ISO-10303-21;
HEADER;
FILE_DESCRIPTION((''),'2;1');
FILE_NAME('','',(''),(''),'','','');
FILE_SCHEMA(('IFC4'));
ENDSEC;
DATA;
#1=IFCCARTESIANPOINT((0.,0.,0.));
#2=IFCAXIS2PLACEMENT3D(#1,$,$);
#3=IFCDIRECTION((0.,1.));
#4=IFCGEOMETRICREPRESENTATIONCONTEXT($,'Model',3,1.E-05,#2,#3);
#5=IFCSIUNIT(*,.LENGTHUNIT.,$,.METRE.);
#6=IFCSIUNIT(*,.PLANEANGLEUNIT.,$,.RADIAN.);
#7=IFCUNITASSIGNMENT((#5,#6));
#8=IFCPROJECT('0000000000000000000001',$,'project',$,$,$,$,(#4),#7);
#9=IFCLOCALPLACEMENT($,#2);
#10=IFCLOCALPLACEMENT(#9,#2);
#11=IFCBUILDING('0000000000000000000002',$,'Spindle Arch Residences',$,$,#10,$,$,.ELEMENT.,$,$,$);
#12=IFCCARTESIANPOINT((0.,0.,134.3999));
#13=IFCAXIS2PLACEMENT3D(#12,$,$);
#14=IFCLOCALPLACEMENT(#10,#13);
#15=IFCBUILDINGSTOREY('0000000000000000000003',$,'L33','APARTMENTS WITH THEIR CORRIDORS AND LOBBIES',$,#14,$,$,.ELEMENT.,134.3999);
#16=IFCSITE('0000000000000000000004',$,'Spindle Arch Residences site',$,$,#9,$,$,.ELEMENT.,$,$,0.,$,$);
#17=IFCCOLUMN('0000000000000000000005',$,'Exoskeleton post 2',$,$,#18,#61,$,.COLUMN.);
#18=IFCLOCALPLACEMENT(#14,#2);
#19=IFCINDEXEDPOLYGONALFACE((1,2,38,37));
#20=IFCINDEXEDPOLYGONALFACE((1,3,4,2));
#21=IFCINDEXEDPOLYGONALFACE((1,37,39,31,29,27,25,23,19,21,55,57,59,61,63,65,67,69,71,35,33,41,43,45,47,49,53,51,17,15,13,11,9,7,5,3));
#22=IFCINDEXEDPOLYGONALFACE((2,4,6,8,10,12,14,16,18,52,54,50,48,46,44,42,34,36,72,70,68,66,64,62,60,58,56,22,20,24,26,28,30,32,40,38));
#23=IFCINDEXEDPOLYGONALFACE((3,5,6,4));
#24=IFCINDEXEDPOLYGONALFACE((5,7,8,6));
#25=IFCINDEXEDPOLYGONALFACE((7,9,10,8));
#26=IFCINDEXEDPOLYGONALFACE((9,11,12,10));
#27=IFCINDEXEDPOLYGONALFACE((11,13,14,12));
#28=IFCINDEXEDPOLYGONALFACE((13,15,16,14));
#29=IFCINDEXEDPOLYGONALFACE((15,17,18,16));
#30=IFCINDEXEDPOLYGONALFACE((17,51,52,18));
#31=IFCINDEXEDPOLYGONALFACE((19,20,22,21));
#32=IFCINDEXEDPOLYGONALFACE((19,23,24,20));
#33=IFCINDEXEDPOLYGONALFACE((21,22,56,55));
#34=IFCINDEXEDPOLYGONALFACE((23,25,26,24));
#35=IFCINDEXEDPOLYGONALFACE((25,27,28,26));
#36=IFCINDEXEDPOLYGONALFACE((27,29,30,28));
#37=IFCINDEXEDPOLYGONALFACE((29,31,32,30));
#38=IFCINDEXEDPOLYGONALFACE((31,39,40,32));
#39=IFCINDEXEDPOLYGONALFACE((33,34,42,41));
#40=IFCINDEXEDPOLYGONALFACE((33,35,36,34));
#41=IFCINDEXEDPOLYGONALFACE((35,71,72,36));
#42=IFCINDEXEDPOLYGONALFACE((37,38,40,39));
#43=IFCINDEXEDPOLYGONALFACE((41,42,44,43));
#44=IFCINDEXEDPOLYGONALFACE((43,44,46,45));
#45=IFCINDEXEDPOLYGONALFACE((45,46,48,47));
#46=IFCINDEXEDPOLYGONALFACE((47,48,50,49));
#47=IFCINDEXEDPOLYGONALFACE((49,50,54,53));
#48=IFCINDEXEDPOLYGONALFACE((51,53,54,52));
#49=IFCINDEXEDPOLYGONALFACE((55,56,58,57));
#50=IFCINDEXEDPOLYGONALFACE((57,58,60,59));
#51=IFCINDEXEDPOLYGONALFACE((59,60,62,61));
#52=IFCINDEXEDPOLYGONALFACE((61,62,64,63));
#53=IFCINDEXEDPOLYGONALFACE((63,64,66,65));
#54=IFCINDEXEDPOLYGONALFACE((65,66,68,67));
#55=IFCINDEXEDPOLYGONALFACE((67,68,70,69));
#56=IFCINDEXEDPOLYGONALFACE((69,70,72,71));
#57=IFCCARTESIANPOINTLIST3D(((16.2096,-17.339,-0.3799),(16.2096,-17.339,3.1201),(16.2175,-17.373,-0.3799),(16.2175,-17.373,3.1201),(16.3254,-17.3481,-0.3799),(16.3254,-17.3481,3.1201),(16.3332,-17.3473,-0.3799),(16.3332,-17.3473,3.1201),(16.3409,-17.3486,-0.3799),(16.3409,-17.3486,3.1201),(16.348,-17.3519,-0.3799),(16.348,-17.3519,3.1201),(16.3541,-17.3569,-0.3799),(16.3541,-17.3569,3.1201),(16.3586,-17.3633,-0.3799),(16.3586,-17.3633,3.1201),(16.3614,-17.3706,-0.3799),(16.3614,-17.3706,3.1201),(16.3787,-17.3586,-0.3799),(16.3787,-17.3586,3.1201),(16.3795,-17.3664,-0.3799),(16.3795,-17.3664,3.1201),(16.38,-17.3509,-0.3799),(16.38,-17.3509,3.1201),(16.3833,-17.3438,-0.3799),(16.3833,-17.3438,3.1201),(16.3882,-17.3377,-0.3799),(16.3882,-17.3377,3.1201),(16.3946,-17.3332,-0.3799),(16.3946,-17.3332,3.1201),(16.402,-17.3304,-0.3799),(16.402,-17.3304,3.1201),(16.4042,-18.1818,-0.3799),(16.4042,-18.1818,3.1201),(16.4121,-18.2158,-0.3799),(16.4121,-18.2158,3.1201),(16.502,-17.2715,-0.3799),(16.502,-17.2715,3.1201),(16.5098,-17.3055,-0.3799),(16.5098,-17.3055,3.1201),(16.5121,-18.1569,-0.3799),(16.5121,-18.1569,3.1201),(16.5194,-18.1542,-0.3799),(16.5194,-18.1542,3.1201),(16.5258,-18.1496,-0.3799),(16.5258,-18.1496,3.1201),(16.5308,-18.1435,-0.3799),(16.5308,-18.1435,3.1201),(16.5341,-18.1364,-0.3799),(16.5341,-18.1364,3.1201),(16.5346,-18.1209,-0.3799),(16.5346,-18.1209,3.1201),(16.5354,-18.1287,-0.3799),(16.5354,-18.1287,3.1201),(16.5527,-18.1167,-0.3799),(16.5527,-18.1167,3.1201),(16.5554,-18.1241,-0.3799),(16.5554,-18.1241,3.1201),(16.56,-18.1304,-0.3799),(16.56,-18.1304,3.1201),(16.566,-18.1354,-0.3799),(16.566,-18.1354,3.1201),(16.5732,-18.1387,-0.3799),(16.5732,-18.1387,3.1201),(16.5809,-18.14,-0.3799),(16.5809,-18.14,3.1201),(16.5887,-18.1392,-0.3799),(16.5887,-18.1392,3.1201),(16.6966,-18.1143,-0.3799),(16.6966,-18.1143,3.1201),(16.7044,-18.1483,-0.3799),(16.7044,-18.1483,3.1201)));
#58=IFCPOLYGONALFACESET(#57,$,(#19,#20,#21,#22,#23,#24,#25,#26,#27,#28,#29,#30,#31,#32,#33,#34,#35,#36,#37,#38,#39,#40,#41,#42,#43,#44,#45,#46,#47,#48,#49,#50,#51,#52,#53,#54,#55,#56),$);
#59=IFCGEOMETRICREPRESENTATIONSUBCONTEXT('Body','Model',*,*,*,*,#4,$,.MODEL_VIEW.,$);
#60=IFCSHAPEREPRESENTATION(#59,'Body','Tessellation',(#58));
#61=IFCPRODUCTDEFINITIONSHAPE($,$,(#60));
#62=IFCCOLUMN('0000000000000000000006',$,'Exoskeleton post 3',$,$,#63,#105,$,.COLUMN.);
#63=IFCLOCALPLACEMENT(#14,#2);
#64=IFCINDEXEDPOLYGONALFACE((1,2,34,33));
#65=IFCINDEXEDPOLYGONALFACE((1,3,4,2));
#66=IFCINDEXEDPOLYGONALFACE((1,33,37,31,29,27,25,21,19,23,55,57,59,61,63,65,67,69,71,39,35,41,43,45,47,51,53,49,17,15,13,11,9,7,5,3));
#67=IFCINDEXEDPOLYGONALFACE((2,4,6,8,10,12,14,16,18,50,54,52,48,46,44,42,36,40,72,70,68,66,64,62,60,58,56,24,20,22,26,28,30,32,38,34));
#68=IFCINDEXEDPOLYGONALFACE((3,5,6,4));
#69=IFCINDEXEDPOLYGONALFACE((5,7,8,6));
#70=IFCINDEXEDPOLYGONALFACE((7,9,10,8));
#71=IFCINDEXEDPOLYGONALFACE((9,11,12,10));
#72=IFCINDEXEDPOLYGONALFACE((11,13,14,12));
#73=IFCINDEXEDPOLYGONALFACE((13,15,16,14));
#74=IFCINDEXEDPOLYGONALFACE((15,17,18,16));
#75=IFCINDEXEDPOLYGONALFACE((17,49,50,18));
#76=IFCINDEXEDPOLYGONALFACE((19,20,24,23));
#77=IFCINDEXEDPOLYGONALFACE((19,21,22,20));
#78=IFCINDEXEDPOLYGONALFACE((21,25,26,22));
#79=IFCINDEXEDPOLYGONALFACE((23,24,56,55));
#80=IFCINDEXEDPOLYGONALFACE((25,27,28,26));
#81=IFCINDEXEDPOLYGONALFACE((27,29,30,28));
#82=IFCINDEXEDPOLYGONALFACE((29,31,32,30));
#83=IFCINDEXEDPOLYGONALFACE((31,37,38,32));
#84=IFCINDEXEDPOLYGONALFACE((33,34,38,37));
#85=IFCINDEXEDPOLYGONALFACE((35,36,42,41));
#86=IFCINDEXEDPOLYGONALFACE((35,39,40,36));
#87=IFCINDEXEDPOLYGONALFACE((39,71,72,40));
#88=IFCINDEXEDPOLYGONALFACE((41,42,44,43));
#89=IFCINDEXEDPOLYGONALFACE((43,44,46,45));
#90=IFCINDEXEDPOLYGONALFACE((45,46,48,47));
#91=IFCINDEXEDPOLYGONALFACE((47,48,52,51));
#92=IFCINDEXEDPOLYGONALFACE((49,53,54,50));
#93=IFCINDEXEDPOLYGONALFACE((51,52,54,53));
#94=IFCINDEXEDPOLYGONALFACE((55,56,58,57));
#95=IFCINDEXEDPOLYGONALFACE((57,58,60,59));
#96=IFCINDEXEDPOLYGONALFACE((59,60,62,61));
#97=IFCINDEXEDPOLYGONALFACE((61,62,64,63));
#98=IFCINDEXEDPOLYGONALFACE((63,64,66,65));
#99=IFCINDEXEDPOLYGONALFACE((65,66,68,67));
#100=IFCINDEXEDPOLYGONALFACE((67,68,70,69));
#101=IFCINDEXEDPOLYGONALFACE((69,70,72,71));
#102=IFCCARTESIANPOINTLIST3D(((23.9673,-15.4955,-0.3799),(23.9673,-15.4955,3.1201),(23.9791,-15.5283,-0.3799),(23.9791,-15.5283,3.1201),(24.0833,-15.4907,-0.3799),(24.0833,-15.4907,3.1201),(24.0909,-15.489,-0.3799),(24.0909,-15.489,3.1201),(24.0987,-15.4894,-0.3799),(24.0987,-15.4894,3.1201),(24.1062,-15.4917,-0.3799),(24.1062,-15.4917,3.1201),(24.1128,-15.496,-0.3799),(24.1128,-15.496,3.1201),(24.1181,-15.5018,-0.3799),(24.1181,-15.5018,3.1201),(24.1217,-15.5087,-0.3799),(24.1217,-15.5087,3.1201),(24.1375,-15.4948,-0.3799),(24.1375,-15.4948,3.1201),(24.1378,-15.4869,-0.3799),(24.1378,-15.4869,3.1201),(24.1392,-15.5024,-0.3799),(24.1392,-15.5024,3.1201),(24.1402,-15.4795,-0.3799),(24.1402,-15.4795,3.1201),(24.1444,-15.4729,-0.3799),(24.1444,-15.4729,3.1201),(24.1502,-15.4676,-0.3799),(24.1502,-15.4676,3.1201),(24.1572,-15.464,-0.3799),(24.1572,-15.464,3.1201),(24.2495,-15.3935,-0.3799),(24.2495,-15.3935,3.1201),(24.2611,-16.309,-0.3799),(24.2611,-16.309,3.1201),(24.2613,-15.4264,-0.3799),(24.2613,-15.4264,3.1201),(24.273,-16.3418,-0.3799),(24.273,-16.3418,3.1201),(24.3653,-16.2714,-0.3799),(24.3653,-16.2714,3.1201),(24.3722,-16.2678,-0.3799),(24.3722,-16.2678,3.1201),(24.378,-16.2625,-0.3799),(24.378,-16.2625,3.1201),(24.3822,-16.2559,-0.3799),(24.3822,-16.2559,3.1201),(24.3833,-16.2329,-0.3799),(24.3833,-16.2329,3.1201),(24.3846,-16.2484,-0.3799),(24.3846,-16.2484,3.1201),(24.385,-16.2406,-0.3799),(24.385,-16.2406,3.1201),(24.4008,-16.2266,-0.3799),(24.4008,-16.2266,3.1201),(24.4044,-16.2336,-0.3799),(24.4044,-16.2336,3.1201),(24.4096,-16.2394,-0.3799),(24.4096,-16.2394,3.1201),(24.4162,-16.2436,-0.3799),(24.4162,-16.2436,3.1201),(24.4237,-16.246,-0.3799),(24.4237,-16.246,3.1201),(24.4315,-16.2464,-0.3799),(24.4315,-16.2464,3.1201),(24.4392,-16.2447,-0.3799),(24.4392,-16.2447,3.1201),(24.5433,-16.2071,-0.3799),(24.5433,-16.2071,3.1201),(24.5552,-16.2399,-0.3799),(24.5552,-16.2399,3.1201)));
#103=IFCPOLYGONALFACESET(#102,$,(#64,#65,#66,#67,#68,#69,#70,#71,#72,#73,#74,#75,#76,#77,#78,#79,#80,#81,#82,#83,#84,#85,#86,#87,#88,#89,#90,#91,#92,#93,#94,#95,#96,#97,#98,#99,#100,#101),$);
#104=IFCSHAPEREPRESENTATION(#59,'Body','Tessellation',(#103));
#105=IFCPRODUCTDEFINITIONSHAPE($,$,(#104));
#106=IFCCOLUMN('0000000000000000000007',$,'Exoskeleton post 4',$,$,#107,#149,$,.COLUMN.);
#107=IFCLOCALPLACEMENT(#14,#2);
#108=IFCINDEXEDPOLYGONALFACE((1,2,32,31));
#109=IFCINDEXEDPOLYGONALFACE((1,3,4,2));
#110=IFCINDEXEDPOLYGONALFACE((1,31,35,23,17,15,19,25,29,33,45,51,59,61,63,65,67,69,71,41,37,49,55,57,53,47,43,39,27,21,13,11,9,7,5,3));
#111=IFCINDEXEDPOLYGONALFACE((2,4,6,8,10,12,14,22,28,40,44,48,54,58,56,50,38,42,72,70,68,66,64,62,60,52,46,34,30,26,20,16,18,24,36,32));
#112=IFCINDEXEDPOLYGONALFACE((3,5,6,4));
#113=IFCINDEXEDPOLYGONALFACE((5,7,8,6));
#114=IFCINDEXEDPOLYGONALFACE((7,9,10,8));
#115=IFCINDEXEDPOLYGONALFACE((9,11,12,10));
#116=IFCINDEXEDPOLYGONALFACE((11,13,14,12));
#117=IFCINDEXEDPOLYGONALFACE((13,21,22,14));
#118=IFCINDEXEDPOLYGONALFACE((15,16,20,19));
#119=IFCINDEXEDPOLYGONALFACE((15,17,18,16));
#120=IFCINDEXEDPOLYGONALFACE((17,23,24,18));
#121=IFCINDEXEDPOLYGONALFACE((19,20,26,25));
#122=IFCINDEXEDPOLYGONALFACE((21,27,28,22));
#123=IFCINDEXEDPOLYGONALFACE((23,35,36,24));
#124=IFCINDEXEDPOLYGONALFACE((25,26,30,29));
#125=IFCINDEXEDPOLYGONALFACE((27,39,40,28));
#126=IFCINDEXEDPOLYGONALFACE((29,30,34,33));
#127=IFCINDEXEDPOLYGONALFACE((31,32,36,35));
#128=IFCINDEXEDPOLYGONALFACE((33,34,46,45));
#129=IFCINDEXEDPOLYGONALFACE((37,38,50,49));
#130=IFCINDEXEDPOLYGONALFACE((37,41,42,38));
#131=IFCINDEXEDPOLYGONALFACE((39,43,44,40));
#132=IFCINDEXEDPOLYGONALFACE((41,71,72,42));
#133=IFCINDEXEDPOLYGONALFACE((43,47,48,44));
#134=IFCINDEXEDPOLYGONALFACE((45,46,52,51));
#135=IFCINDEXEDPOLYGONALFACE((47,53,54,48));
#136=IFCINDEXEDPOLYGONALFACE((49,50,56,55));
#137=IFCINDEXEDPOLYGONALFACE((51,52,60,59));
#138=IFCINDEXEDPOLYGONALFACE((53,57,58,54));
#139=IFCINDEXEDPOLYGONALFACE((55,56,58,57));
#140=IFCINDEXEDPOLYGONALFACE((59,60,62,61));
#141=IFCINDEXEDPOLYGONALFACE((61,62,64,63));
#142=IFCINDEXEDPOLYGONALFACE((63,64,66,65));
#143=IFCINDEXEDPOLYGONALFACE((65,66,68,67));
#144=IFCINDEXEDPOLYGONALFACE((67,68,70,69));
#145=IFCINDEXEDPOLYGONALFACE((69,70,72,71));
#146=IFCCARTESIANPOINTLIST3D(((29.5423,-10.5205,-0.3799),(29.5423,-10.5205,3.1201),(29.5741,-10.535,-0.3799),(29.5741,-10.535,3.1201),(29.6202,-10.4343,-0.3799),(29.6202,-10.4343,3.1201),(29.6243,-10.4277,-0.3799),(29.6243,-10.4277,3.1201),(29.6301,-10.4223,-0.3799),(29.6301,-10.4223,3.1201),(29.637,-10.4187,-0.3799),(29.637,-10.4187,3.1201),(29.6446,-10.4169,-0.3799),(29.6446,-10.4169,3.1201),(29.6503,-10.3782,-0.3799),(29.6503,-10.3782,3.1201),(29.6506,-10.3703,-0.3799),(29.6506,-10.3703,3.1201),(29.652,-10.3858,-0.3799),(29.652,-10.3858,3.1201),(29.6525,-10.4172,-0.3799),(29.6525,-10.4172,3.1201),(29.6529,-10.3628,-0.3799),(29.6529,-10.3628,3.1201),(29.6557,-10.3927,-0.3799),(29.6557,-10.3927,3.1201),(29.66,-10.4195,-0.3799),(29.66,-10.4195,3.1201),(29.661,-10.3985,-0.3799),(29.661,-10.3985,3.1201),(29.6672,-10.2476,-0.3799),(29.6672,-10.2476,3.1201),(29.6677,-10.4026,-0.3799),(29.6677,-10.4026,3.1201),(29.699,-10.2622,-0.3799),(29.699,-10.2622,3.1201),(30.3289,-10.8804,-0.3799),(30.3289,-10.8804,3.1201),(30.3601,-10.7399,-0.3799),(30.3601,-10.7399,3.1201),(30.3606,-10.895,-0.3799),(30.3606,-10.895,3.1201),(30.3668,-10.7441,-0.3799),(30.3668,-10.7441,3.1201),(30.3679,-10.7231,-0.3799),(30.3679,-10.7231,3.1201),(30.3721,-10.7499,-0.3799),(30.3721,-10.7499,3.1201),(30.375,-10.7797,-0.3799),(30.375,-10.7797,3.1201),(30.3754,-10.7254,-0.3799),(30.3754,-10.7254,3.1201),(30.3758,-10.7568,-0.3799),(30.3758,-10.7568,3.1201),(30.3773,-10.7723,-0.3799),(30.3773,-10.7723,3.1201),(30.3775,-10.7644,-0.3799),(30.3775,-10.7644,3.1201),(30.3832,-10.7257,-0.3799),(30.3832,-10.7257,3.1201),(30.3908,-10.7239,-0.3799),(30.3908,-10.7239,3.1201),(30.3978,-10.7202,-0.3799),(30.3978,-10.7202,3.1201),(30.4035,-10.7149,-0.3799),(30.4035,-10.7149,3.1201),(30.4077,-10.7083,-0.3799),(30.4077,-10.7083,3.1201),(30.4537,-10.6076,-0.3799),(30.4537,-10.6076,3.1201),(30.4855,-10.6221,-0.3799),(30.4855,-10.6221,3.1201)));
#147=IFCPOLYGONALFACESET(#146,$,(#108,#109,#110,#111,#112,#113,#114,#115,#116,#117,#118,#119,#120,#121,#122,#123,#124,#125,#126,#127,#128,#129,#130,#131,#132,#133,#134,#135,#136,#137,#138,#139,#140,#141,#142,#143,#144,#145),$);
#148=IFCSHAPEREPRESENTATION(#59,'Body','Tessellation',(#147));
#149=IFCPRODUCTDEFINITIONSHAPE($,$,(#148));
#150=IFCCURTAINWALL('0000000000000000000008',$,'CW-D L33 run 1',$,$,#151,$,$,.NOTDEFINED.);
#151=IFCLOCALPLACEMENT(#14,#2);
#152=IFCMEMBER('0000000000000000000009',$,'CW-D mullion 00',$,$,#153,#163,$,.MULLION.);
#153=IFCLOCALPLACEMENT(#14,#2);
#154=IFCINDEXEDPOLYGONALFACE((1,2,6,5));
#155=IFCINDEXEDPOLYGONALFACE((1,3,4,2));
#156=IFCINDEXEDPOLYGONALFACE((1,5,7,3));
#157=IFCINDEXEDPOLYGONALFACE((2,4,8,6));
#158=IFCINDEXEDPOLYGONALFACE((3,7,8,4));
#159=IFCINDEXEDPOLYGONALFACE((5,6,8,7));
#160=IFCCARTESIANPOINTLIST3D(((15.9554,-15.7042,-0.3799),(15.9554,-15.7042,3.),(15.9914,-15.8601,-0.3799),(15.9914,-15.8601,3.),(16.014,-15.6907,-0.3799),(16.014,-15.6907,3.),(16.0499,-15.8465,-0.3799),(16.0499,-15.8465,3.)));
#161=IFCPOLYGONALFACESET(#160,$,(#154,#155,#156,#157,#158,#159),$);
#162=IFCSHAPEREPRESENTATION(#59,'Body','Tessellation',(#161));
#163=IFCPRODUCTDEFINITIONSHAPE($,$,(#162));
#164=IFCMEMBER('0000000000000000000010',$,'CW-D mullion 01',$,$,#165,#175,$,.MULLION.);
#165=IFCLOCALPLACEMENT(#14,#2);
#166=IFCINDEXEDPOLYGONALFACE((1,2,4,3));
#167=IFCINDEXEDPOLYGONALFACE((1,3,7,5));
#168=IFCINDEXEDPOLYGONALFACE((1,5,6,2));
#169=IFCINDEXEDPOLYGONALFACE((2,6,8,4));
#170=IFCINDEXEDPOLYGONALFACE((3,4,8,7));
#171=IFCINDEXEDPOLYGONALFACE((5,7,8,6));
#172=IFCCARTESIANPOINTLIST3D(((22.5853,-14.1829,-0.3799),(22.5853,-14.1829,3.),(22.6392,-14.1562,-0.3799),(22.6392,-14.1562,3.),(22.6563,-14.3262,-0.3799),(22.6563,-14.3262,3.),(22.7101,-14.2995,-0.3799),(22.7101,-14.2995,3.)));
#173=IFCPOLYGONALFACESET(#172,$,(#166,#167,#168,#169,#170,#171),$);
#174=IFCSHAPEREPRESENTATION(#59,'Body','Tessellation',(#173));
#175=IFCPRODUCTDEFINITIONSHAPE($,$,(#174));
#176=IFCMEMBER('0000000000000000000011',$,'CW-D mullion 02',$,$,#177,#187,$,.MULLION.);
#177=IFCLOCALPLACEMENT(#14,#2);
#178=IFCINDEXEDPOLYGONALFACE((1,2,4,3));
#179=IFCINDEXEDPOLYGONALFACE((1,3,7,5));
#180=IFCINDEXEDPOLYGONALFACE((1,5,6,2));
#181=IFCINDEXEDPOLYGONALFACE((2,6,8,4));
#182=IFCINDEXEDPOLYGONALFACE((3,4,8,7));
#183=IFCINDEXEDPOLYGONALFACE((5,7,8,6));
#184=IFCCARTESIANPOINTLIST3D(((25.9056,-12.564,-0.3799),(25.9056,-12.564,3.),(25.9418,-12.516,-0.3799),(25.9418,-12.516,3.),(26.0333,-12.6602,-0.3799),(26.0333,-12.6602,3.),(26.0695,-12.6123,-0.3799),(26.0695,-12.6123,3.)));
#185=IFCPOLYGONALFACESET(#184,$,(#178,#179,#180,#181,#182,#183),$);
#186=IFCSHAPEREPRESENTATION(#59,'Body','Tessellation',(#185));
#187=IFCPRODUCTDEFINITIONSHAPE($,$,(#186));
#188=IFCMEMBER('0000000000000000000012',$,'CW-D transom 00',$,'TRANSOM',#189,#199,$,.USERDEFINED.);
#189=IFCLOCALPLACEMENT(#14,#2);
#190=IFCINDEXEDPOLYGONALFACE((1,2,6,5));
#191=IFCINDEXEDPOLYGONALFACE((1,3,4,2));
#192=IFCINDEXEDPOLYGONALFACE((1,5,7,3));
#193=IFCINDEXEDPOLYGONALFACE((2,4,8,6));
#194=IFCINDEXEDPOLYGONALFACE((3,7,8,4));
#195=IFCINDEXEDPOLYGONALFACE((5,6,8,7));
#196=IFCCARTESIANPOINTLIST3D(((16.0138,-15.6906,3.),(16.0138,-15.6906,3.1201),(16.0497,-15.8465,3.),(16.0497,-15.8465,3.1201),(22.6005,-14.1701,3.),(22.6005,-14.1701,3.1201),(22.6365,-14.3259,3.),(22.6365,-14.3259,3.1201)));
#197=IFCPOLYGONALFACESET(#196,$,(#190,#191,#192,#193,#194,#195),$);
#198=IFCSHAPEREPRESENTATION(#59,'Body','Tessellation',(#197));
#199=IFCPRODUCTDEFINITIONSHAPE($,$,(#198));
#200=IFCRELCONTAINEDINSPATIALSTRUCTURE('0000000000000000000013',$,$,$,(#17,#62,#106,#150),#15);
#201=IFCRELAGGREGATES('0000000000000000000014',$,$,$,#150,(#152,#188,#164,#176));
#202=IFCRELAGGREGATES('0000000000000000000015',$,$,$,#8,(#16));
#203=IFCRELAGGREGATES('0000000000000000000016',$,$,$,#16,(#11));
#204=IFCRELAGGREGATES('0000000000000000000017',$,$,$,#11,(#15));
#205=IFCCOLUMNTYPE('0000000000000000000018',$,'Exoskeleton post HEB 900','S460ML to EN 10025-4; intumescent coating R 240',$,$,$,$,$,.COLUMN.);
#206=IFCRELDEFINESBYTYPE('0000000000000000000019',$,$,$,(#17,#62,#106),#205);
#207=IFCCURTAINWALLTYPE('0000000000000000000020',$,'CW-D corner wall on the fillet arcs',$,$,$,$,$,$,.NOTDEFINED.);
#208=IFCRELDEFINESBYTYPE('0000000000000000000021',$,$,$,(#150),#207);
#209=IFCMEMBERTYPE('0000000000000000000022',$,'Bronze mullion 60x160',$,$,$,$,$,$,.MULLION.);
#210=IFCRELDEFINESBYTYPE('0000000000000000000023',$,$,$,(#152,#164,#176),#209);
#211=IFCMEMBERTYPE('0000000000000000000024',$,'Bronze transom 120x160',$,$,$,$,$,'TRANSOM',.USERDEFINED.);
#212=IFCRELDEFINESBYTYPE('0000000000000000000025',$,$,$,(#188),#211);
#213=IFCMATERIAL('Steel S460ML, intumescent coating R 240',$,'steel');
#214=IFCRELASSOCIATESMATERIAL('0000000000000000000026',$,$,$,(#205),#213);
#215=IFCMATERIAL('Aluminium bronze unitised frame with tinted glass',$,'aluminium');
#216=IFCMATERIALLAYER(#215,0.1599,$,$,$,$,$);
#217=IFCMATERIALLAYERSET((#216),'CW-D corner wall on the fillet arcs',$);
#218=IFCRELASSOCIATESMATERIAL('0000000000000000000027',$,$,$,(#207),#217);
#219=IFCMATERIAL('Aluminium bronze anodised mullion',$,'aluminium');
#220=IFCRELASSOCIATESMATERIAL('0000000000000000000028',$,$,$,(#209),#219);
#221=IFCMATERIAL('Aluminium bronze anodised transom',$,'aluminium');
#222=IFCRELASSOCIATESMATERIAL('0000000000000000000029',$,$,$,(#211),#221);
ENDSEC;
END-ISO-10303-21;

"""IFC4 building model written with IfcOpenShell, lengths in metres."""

from ifc_helpers import new_model, si_unit, direction, frame, origin, origin_2d, place, context, subcontext, project, spatial, rectangle, i_section, extrude, material, layer, layer_set, material_profile, profile_set, type_object, element, aggregate, save


model = new_model("IFC4")

# Units and contexts
model_context = context("Model", 3, precision=1e-05, world=origin(), true_north=direction((0.0, 1.0)))
body_context = subcontext(model_context, "Body", "Model", "MODEL_VIEW")
ifc_project = project(units=[si_unit("LENGTHUNIT", "METRE"), si_unit("PLANEANGLEUNIT", "RADIAN")], contexts=[model_context])

# Site, building, storey
site_placement = place(None, origin())
site = spatial("IfcSite", under=ifc_project, at=site_placement, Name="Spindle Arch Residences site", CompositionType="ELEMENT", RefElevation=0.0)
building_placement = place(site_placement, origin())
building = spatial("IfcBuilding", under=site, at=building_placement, Name="Spindle Arch Residences", CompositionType="ELEMENT")
storey_placement = place(building_placement, frame((0.0, 0.0, 134.3999)))
storey = spatial("IfcBuildingStorey", under=building, at=storey_placement, Name="L33", Description="APARTMENTS WITH THEIR CORRIDORS AND LOBBIES", CompositionType="ELEMENT", Elevation=134.3999)

# Columns
ifc_material_1 = material(Name="Steel S460ML, intumescent coating R 240", Category="steel")
ifc_material_profile_1 = material_profile(ifc_material_1, i_section(OverallWidth=0.3, OverallDepth=0.8999, WebThickness=0.0186, FlangeThickness=0.0349, FilletRadius=0.03, at=origin_2d()), Name="HEB 900")
ifc_profile_set_1 = profile_set([ifc_material_profile_1], Name="Steel S460ML, intumescent coating R 240")
column_type = type_object("IfcColumnType", Name="Exoskeleton post HEB 900", Description="S460ML to EN 10025-4; intumescent coating R 240", PredefinedType="COLUMN", material=ifc_profile_set_1)
for number, where, z_axis, x_axis, name in (
    (1, (16.457, -17.7437, -0.3799), (0.0, 0.0, 1.0), (-0.97437, -0.224951, 0.0), "Exoskeleton post 2"),
    (2, (24.2612, -15.8677, -0.3799), (0.0, 0.0, 1.0), (-0.940523, -0.339729, 0.0), "Exoskeleton post 3"),
    (3, (30.0139, -10.5713, -0.3799), (0.0, 0.0, 1.0), (-0.416144, -0.909299, 0.0), "Exoskeleton post 4"),
):
    element("IfcColumn", number, at=place(storey_placement, frame(where, z_axis=z_axis, x_axis=x_axis)), inside=storey, type_object=column_type, Name=name, PredefinedType="COLUMN", context=body_context, shape_type="SweptSolid", body=[
        extrude(i_section(OverallWidth=0.3, OverallDepth=0.8999, WebThickness=0.0186, FlangeThickness=0.0349, FilletRadius=0.03, at=origin_2d()), origin(), (0.0, 0.0, 1.0), 3.5),
    ])

# Curtain wall, members
ifc_material_2 = material(Name="Aluminium bronze unitised frame with tinted glass", Category="aluminium")
ifc_layer_1 = layer(ifc_material_2, 0.1599)
ifc_layer_set_1 = layer_set([ifc_layer_1], Name="CW-D corner wall on the fillet arcs")
curtain_wall_type = type_object("IfcCurtainWallType", Name="CW-D corner wall on the fillet arcs", PredefinedType="NOTDEFINED", material=ifc_layer_set_1)
curtain_wall_placement = place(storey_placement, origin())
curtain_wall = element("IfcCurtainWall", 4, at=curtain_wall_placement, inside=storey, type_object=curtain_wall_type, Name="CW-D L33 run 1", PredefinedType="NOTDEFINED")
ifc_material_3 = material(Name="Aluminium bronze anodised mullion", Category="aluminium")
ifc_material_profile_2 = material_profile(ifc_material_3, rectangle(XDim=0.1599, YDim=0.0601, at=origin_2d()), Name="MU 60x160")
ifc_profile_set_2 = profile_set([ifc_material_profile_2], Name="Aluminium bronze anodised mullion")
member_type_1 = type_object("IfcMemberType", Name="Bronze mullion 60x160", PredefinedType="MULLION", material=ifc_profile_set_2)
member_1_placement = place(storey_placement, frame((16.0027, -15.7754, -0.3799), z_axis=(0.0, 0.0, 1.0), x_axis=(-0.224951, 0.97437, 0.0)))
member_1 = element("IfcMember", 5, at=member_1_placement, type_object=member_type_1, Name="CW-D mullion 00", PredefinedType="MULLION", context=body_context, shape_type="SweptSolid", body=[
    extrude(rectangle(XDim=0.1599, YDim=0.0601, at=origin_2d()), origin(), (0.0, 0.0, 1.0), 3.3799),
])
member_2_placement = place(storey_placement, frame((22.6477, -14.2412, -0.3799), z_axis=(0.0, 0.0, 1.0), x_axis=(-0.443593, 0.896229, 0.0)))
member_2 = element("IfcMember", 6, at=member_2_placement, type_object=member_type_1, Name="CW-D mullion 01", PredefinedType="MULLION", context=body_context, shape_type="SweptSolid", body=[
    extrude(rectangle(XDim=0.1599, YDim=0.0601, at=origin_2d()), origin(), (0.0, 0.0, 1.0), 3.3799),
])
member_3_placement = place(storey_placement, frame((25.9875, -12.5881, -0.3799), z_axis=(0.0, 0.0, 1.0), x_axis=(-0.798636, 0.601815, 0.0)))
member_3 = element("IfcMember", 7, at=member_3_placement, type_object=member_type_1, Name="CW-D mullion 02", PredefinedType="MULLION", context=body_context, shape_type="SweptSolid", body=[
    extrude(rectangle(XDim=0.1599, YDim=0.0601, at=origin_2d()), origin(), (0.0, 0.0, 1.0), 3.3799),
])
ifc_material_4 = material(Name="Aluminium bronze anodised transom", Category="aluminium")
ifc_material_profile_3 = material_profile(ifc_material_4, rectangle(XDim=0.1599, YDim=0.1201, at=origin_2d()), Name="TR 120x160")
ifc_profile_set_3 = profile_set([ifc_material_profile_3], Name="Aluminium bronze anodised transom")
member_type_2 = type_object("IfcMemberType", Name="Bronze transom 120x160", ElementType="TRANSOM", PredefinedType="USERDEFINED", material=ifc_profile_set_3)
member_4_placement = place(storey_placement, frame((16.0317, -15.7686, 3.0601), z_axis=(0.974375, 0.224931, 0.0), x_axis=(-0.224931, 0.974375, 0.0)))
member_4 = element("IfcMember", 8, at=member_4_placement, type_object=member_type_2, Name="CW-D transom 00", ObjectType="TRANSOM", PredefinedType="USERDEFINED", context=body_context, shape_type="SweptSolid", body=[
    extrude(rectangle(XDim=0.1599, YDim=0.1201, at=origin_2d()), origin(), (0.0, 0.0, 1.0), 6.76),
])

aggregate(curtain_wall, [member_1, member_4, member_2, member_3])

save(model, "model.ifc")
